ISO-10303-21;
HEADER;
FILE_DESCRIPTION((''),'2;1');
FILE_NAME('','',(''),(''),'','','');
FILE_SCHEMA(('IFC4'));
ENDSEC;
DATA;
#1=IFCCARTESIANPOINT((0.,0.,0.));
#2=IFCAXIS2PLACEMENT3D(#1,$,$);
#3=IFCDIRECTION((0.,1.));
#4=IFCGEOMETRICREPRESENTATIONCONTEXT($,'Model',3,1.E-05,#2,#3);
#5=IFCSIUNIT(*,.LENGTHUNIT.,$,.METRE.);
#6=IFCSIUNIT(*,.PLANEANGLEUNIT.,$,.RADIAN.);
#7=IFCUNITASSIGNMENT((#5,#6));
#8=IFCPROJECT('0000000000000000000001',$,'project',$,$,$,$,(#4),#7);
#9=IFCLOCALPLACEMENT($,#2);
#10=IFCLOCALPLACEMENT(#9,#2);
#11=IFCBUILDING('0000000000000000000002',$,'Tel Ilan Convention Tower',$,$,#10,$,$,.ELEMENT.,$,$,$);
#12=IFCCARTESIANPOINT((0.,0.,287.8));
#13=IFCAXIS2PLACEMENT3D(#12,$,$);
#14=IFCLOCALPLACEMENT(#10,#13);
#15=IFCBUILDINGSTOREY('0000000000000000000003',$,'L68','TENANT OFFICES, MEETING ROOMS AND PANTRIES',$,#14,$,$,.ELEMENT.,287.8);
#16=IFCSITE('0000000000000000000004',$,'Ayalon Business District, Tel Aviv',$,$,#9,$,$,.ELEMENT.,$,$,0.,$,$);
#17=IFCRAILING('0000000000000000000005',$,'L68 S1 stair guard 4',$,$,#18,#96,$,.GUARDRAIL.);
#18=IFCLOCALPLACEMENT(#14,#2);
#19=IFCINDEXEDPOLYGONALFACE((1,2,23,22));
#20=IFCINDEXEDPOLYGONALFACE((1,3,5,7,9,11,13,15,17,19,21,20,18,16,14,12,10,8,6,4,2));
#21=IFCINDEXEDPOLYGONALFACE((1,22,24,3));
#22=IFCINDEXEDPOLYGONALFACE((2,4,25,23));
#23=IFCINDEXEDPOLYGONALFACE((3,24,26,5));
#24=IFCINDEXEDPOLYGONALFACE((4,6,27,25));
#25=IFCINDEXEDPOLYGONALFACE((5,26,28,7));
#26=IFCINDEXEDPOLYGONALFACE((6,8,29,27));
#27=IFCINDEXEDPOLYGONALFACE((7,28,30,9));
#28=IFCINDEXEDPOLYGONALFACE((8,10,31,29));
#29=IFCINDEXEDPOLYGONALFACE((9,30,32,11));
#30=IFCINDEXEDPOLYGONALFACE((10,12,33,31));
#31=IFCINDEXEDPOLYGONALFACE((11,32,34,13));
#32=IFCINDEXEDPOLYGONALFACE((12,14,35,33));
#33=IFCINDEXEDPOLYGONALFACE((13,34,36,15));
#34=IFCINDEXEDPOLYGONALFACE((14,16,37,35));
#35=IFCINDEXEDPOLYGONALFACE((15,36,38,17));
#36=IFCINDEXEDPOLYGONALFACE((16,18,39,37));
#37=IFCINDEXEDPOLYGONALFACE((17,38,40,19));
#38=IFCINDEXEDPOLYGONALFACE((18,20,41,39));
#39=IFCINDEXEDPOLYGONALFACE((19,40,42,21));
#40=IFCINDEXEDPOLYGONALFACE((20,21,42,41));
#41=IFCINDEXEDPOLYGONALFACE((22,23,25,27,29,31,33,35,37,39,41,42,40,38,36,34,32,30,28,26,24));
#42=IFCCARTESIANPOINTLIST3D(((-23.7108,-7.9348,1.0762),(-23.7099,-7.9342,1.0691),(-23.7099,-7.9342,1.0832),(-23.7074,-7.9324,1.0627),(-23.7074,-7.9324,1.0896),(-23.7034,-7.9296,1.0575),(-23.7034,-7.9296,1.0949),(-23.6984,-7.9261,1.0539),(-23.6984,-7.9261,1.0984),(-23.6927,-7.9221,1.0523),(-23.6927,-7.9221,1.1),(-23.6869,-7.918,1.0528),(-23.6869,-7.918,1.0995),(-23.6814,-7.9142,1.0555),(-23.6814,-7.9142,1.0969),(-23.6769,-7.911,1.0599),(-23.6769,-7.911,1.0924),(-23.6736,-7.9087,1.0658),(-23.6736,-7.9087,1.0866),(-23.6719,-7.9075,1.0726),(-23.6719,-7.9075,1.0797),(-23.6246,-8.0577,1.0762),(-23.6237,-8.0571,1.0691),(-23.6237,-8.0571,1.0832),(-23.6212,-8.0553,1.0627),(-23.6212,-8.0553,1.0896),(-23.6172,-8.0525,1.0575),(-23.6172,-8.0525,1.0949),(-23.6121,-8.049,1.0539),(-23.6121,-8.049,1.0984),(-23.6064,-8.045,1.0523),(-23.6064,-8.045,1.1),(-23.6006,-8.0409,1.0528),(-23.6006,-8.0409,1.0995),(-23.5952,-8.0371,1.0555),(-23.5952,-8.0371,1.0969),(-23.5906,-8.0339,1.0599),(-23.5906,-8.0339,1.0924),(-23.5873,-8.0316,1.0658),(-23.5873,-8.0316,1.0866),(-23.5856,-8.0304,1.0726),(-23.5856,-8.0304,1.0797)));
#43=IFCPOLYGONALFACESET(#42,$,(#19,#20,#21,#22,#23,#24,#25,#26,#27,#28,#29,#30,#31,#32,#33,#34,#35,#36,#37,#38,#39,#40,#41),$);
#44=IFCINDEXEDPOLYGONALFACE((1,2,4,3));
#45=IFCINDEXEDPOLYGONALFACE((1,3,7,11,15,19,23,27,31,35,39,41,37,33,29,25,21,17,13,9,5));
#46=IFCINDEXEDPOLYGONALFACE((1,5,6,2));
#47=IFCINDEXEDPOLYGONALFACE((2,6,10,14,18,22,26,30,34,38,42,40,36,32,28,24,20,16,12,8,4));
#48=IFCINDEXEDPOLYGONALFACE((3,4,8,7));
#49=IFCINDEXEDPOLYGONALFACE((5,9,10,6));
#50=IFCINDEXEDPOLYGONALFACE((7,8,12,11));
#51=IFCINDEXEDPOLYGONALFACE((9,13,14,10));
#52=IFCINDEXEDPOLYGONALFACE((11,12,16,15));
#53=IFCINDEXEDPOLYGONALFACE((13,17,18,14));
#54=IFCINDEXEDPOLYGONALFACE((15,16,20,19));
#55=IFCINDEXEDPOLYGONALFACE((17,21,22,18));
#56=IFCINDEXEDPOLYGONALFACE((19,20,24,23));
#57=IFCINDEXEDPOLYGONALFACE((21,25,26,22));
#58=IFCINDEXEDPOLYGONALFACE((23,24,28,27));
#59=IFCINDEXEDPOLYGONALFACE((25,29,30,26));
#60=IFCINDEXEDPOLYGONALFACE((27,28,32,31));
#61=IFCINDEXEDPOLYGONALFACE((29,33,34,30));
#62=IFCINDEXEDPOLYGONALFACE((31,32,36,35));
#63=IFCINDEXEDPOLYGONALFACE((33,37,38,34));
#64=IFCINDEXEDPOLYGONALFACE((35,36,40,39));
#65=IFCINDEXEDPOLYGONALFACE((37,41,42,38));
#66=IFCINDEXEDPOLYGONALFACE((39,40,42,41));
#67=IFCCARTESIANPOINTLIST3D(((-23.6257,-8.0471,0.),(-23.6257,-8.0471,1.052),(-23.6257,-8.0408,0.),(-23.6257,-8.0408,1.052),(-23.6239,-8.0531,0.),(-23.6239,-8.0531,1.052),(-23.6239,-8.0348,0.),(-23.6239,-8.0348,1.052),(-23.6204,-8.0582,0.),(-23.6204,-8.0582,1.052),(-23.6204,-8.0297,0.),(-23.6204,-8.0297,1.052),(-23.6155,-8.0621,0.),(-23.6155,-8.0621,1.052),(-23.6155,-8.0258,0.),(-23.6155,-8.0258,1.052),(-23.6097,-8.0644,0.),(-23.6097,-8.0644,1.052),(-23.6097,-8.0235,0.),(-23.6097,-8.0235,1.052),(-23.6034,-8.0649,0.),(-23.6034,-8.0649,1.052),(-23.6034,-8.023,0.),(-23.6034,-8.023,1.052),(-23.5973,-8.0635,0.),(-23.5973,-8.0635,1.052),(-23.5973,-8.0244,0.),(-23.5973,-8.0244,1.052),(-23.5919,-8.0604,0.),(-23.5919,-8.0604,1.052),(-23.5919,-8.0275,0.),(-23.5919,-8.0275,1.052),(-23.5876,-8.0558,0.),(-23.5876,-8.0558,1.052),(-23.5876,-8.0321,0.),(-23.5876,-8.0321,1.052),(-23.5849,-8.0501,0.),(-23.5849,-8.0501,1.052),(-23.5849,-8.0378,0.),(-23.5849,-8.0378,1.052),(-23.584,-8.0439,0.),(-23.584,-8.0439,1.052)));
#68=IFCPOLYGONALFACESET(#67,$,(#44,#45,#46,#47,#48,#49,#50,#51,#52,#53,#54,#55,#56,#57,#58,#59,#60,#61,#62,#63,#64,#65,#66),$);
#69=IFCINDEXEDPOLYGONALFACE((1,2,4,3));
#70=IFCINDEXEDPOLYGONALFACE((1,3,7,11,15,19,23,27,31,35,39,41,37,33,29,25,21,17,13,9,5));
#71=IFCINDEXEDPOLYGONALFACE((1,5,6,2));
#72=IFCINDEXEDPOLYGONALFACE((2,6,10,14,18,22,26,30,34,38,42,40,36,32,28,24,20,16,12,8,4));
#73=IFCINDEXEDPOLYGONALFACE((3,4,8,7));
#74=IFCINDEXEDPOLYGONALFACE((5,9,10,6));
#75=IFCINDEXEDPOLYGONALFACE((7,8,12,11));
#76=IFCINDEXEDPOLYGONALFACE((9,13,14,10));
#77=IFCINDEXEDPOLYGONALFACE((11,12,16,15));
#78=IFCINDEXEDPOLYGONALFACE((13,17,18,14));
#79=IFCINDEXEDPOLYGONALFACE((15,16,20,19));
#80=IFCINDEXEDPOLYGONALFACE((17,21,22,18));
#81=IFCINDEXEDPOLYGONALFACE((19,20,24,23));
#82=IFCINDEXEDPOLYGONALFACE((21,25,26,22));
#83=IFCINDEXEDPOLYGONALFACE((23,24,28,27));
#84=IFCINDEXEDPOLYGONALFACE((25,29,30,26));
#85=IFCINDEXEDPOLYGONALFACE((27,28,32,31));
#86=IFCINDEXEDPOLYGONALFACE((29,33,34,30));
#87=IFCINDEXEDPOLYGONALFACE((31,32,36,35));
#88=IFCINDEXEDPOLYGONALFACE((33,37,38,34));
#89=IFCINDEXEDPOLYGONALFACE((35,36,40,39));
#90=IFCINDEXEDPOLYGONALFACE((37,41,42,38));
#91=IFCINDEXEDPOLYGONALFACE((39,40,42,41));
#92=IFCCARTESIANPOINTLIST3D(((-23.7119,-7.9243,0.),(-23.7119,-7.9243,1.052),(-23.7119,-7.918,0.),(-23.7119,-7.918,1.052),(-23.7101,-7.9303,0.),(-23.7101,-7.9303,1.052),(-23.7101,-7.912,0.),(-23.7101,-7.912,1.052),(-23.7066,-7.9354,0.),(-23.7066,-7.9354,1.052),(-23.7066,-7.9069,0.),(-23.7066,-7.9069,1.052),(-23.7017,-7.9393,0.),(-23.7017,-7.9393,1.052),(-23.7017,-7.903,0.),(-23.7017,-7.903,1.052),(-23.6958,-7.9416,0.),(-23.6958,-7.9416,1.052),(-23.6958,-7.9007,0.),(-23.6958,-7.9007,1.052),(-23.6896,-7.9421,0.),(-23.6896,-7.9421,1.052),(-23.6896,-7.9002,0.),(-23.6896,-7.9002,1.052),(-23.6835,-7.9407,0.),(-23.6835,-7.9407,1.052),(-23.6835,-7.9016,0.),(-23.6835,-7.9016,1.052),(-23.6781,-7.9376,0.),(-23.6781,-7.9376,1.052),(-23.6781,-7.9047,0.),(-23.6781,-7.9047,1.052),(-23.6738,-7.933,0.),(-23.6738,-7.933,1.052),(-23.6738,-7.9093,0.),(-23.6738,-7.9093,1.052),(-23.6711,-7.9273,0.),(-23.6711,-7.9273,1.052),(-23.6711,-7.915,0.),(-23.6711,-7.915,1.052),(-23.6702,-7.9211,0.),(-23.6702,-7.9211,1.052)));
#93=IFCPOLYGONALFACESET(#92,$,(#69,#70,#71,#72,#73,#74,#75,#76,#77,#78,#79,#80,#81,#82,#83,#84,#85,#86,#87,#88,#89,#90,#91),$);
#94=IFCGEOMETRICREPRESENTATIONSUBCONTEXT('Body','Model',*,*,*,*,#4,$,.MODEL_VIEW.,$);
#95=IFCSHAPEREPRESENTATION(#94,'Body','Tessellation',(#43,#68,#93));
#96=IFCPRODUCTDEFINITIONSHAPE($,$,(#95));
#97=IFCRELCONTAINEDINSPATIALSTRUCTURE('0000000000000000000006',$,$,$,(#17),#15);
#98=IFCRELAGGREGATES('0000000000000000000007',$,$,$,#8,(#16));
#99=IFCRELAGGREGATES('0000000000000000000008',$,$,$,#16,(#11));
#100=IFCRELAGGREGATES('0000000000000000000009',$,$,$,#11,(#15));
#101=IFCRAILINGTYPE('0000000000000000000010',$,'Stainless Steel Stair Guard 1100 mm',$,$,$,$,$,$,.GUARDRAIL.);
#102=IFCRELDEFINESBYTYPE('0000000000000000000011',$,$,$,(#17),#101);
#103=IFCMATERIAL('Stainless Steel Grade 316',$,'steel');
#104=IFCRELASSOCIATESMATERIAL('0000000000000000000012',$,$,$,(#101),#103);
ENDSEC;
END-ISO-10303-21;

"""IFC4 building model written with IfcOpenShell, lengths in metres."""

from ifc_helpers import new_model, si_unit, direction, frame, origin, origin_2d, place, context, subcontext, project, spatial, circle, extrude, material, type_object, element, save


model = new_model("IFC4")

# Units and contexts
model_context = context("Model", 3, precision=1e-05, world=origin(), true_north=direction((0.0, 1.0)))
body_context = subcontext(model_context, "Body", "Model", "MODEL_VIEW")
ifc_project = project(units=[si_unit("LENGTHUNIT", "METRE"), si_unit("PLANEANGLEUNIT", "RADIAN")], contexts=[model_context])

# Site, building, storey
site_placement = place(None, origin())
site = spatial("IfcSite", under=ifc_project, at=site_placement, Name="Ayalon Business District, Tel Aviv", CompositionType="ELEMENT", RefElevation=0.0)
building_placement = place(site_placement, origin())
building = spatial("IfcBuilding", under=site, at=building_placement, Name="Tel Ilan Convention Tower", CompositionType="ELEMENT")
storey_placement = place(building_placement, frame((0.0, 0.0, 287.8)))
storey = spatial("IfcBuildingStorey", under=building, at=storey_placement, Name="L68", Description="TENANT OFFICES, MEETING ROOMS AND PANTRIES", CompositionType="ELEMENT", Elevation=287.8)

# Railing
ifc_material_1 = material(Name="Stainless Steel Grade 316", Category="steel")
railing_type_1 = type_object("IfcRailingType", Name="Stainless Steel Stair Guard 1100 mm", PredefinedType="GUARDRAIL", material=ifc_material_1)
railing_1_placement = place(storey_placement, frame((-23.605, -8.0439, 0.0)))
element("IfcRailing", 1, at=railing_1_placement, inside=storey, type_object=railing_type_1, Name="L68 S1 stair guard 4", PredefinedType="GUARDRAIL", context=body_context, shape_type="SweptSolid", body=[
    extrude(circle(Radius=0.0239, at=origin_2d()), frame((0.0, 0.0, 1.0762), z_axis=(-0.574445, 0.818543, 0.0), x_axis=(-0.818543, -0.574445, 0.0)), (0.0, 0.0, 1.0), 0.1501),
    extrude(circle(Radius=0.021, at=origin_2d()), origin(), (0.0, 0.0, 1.0), 1.052),
    extrude(circle(Radius=0.021, at=origin_2d()), frame((-0.0862, 0.1228, 0.0)), (0.0, 0.0, 1.0), 1.052),
])

save(model, "model.ifc")
